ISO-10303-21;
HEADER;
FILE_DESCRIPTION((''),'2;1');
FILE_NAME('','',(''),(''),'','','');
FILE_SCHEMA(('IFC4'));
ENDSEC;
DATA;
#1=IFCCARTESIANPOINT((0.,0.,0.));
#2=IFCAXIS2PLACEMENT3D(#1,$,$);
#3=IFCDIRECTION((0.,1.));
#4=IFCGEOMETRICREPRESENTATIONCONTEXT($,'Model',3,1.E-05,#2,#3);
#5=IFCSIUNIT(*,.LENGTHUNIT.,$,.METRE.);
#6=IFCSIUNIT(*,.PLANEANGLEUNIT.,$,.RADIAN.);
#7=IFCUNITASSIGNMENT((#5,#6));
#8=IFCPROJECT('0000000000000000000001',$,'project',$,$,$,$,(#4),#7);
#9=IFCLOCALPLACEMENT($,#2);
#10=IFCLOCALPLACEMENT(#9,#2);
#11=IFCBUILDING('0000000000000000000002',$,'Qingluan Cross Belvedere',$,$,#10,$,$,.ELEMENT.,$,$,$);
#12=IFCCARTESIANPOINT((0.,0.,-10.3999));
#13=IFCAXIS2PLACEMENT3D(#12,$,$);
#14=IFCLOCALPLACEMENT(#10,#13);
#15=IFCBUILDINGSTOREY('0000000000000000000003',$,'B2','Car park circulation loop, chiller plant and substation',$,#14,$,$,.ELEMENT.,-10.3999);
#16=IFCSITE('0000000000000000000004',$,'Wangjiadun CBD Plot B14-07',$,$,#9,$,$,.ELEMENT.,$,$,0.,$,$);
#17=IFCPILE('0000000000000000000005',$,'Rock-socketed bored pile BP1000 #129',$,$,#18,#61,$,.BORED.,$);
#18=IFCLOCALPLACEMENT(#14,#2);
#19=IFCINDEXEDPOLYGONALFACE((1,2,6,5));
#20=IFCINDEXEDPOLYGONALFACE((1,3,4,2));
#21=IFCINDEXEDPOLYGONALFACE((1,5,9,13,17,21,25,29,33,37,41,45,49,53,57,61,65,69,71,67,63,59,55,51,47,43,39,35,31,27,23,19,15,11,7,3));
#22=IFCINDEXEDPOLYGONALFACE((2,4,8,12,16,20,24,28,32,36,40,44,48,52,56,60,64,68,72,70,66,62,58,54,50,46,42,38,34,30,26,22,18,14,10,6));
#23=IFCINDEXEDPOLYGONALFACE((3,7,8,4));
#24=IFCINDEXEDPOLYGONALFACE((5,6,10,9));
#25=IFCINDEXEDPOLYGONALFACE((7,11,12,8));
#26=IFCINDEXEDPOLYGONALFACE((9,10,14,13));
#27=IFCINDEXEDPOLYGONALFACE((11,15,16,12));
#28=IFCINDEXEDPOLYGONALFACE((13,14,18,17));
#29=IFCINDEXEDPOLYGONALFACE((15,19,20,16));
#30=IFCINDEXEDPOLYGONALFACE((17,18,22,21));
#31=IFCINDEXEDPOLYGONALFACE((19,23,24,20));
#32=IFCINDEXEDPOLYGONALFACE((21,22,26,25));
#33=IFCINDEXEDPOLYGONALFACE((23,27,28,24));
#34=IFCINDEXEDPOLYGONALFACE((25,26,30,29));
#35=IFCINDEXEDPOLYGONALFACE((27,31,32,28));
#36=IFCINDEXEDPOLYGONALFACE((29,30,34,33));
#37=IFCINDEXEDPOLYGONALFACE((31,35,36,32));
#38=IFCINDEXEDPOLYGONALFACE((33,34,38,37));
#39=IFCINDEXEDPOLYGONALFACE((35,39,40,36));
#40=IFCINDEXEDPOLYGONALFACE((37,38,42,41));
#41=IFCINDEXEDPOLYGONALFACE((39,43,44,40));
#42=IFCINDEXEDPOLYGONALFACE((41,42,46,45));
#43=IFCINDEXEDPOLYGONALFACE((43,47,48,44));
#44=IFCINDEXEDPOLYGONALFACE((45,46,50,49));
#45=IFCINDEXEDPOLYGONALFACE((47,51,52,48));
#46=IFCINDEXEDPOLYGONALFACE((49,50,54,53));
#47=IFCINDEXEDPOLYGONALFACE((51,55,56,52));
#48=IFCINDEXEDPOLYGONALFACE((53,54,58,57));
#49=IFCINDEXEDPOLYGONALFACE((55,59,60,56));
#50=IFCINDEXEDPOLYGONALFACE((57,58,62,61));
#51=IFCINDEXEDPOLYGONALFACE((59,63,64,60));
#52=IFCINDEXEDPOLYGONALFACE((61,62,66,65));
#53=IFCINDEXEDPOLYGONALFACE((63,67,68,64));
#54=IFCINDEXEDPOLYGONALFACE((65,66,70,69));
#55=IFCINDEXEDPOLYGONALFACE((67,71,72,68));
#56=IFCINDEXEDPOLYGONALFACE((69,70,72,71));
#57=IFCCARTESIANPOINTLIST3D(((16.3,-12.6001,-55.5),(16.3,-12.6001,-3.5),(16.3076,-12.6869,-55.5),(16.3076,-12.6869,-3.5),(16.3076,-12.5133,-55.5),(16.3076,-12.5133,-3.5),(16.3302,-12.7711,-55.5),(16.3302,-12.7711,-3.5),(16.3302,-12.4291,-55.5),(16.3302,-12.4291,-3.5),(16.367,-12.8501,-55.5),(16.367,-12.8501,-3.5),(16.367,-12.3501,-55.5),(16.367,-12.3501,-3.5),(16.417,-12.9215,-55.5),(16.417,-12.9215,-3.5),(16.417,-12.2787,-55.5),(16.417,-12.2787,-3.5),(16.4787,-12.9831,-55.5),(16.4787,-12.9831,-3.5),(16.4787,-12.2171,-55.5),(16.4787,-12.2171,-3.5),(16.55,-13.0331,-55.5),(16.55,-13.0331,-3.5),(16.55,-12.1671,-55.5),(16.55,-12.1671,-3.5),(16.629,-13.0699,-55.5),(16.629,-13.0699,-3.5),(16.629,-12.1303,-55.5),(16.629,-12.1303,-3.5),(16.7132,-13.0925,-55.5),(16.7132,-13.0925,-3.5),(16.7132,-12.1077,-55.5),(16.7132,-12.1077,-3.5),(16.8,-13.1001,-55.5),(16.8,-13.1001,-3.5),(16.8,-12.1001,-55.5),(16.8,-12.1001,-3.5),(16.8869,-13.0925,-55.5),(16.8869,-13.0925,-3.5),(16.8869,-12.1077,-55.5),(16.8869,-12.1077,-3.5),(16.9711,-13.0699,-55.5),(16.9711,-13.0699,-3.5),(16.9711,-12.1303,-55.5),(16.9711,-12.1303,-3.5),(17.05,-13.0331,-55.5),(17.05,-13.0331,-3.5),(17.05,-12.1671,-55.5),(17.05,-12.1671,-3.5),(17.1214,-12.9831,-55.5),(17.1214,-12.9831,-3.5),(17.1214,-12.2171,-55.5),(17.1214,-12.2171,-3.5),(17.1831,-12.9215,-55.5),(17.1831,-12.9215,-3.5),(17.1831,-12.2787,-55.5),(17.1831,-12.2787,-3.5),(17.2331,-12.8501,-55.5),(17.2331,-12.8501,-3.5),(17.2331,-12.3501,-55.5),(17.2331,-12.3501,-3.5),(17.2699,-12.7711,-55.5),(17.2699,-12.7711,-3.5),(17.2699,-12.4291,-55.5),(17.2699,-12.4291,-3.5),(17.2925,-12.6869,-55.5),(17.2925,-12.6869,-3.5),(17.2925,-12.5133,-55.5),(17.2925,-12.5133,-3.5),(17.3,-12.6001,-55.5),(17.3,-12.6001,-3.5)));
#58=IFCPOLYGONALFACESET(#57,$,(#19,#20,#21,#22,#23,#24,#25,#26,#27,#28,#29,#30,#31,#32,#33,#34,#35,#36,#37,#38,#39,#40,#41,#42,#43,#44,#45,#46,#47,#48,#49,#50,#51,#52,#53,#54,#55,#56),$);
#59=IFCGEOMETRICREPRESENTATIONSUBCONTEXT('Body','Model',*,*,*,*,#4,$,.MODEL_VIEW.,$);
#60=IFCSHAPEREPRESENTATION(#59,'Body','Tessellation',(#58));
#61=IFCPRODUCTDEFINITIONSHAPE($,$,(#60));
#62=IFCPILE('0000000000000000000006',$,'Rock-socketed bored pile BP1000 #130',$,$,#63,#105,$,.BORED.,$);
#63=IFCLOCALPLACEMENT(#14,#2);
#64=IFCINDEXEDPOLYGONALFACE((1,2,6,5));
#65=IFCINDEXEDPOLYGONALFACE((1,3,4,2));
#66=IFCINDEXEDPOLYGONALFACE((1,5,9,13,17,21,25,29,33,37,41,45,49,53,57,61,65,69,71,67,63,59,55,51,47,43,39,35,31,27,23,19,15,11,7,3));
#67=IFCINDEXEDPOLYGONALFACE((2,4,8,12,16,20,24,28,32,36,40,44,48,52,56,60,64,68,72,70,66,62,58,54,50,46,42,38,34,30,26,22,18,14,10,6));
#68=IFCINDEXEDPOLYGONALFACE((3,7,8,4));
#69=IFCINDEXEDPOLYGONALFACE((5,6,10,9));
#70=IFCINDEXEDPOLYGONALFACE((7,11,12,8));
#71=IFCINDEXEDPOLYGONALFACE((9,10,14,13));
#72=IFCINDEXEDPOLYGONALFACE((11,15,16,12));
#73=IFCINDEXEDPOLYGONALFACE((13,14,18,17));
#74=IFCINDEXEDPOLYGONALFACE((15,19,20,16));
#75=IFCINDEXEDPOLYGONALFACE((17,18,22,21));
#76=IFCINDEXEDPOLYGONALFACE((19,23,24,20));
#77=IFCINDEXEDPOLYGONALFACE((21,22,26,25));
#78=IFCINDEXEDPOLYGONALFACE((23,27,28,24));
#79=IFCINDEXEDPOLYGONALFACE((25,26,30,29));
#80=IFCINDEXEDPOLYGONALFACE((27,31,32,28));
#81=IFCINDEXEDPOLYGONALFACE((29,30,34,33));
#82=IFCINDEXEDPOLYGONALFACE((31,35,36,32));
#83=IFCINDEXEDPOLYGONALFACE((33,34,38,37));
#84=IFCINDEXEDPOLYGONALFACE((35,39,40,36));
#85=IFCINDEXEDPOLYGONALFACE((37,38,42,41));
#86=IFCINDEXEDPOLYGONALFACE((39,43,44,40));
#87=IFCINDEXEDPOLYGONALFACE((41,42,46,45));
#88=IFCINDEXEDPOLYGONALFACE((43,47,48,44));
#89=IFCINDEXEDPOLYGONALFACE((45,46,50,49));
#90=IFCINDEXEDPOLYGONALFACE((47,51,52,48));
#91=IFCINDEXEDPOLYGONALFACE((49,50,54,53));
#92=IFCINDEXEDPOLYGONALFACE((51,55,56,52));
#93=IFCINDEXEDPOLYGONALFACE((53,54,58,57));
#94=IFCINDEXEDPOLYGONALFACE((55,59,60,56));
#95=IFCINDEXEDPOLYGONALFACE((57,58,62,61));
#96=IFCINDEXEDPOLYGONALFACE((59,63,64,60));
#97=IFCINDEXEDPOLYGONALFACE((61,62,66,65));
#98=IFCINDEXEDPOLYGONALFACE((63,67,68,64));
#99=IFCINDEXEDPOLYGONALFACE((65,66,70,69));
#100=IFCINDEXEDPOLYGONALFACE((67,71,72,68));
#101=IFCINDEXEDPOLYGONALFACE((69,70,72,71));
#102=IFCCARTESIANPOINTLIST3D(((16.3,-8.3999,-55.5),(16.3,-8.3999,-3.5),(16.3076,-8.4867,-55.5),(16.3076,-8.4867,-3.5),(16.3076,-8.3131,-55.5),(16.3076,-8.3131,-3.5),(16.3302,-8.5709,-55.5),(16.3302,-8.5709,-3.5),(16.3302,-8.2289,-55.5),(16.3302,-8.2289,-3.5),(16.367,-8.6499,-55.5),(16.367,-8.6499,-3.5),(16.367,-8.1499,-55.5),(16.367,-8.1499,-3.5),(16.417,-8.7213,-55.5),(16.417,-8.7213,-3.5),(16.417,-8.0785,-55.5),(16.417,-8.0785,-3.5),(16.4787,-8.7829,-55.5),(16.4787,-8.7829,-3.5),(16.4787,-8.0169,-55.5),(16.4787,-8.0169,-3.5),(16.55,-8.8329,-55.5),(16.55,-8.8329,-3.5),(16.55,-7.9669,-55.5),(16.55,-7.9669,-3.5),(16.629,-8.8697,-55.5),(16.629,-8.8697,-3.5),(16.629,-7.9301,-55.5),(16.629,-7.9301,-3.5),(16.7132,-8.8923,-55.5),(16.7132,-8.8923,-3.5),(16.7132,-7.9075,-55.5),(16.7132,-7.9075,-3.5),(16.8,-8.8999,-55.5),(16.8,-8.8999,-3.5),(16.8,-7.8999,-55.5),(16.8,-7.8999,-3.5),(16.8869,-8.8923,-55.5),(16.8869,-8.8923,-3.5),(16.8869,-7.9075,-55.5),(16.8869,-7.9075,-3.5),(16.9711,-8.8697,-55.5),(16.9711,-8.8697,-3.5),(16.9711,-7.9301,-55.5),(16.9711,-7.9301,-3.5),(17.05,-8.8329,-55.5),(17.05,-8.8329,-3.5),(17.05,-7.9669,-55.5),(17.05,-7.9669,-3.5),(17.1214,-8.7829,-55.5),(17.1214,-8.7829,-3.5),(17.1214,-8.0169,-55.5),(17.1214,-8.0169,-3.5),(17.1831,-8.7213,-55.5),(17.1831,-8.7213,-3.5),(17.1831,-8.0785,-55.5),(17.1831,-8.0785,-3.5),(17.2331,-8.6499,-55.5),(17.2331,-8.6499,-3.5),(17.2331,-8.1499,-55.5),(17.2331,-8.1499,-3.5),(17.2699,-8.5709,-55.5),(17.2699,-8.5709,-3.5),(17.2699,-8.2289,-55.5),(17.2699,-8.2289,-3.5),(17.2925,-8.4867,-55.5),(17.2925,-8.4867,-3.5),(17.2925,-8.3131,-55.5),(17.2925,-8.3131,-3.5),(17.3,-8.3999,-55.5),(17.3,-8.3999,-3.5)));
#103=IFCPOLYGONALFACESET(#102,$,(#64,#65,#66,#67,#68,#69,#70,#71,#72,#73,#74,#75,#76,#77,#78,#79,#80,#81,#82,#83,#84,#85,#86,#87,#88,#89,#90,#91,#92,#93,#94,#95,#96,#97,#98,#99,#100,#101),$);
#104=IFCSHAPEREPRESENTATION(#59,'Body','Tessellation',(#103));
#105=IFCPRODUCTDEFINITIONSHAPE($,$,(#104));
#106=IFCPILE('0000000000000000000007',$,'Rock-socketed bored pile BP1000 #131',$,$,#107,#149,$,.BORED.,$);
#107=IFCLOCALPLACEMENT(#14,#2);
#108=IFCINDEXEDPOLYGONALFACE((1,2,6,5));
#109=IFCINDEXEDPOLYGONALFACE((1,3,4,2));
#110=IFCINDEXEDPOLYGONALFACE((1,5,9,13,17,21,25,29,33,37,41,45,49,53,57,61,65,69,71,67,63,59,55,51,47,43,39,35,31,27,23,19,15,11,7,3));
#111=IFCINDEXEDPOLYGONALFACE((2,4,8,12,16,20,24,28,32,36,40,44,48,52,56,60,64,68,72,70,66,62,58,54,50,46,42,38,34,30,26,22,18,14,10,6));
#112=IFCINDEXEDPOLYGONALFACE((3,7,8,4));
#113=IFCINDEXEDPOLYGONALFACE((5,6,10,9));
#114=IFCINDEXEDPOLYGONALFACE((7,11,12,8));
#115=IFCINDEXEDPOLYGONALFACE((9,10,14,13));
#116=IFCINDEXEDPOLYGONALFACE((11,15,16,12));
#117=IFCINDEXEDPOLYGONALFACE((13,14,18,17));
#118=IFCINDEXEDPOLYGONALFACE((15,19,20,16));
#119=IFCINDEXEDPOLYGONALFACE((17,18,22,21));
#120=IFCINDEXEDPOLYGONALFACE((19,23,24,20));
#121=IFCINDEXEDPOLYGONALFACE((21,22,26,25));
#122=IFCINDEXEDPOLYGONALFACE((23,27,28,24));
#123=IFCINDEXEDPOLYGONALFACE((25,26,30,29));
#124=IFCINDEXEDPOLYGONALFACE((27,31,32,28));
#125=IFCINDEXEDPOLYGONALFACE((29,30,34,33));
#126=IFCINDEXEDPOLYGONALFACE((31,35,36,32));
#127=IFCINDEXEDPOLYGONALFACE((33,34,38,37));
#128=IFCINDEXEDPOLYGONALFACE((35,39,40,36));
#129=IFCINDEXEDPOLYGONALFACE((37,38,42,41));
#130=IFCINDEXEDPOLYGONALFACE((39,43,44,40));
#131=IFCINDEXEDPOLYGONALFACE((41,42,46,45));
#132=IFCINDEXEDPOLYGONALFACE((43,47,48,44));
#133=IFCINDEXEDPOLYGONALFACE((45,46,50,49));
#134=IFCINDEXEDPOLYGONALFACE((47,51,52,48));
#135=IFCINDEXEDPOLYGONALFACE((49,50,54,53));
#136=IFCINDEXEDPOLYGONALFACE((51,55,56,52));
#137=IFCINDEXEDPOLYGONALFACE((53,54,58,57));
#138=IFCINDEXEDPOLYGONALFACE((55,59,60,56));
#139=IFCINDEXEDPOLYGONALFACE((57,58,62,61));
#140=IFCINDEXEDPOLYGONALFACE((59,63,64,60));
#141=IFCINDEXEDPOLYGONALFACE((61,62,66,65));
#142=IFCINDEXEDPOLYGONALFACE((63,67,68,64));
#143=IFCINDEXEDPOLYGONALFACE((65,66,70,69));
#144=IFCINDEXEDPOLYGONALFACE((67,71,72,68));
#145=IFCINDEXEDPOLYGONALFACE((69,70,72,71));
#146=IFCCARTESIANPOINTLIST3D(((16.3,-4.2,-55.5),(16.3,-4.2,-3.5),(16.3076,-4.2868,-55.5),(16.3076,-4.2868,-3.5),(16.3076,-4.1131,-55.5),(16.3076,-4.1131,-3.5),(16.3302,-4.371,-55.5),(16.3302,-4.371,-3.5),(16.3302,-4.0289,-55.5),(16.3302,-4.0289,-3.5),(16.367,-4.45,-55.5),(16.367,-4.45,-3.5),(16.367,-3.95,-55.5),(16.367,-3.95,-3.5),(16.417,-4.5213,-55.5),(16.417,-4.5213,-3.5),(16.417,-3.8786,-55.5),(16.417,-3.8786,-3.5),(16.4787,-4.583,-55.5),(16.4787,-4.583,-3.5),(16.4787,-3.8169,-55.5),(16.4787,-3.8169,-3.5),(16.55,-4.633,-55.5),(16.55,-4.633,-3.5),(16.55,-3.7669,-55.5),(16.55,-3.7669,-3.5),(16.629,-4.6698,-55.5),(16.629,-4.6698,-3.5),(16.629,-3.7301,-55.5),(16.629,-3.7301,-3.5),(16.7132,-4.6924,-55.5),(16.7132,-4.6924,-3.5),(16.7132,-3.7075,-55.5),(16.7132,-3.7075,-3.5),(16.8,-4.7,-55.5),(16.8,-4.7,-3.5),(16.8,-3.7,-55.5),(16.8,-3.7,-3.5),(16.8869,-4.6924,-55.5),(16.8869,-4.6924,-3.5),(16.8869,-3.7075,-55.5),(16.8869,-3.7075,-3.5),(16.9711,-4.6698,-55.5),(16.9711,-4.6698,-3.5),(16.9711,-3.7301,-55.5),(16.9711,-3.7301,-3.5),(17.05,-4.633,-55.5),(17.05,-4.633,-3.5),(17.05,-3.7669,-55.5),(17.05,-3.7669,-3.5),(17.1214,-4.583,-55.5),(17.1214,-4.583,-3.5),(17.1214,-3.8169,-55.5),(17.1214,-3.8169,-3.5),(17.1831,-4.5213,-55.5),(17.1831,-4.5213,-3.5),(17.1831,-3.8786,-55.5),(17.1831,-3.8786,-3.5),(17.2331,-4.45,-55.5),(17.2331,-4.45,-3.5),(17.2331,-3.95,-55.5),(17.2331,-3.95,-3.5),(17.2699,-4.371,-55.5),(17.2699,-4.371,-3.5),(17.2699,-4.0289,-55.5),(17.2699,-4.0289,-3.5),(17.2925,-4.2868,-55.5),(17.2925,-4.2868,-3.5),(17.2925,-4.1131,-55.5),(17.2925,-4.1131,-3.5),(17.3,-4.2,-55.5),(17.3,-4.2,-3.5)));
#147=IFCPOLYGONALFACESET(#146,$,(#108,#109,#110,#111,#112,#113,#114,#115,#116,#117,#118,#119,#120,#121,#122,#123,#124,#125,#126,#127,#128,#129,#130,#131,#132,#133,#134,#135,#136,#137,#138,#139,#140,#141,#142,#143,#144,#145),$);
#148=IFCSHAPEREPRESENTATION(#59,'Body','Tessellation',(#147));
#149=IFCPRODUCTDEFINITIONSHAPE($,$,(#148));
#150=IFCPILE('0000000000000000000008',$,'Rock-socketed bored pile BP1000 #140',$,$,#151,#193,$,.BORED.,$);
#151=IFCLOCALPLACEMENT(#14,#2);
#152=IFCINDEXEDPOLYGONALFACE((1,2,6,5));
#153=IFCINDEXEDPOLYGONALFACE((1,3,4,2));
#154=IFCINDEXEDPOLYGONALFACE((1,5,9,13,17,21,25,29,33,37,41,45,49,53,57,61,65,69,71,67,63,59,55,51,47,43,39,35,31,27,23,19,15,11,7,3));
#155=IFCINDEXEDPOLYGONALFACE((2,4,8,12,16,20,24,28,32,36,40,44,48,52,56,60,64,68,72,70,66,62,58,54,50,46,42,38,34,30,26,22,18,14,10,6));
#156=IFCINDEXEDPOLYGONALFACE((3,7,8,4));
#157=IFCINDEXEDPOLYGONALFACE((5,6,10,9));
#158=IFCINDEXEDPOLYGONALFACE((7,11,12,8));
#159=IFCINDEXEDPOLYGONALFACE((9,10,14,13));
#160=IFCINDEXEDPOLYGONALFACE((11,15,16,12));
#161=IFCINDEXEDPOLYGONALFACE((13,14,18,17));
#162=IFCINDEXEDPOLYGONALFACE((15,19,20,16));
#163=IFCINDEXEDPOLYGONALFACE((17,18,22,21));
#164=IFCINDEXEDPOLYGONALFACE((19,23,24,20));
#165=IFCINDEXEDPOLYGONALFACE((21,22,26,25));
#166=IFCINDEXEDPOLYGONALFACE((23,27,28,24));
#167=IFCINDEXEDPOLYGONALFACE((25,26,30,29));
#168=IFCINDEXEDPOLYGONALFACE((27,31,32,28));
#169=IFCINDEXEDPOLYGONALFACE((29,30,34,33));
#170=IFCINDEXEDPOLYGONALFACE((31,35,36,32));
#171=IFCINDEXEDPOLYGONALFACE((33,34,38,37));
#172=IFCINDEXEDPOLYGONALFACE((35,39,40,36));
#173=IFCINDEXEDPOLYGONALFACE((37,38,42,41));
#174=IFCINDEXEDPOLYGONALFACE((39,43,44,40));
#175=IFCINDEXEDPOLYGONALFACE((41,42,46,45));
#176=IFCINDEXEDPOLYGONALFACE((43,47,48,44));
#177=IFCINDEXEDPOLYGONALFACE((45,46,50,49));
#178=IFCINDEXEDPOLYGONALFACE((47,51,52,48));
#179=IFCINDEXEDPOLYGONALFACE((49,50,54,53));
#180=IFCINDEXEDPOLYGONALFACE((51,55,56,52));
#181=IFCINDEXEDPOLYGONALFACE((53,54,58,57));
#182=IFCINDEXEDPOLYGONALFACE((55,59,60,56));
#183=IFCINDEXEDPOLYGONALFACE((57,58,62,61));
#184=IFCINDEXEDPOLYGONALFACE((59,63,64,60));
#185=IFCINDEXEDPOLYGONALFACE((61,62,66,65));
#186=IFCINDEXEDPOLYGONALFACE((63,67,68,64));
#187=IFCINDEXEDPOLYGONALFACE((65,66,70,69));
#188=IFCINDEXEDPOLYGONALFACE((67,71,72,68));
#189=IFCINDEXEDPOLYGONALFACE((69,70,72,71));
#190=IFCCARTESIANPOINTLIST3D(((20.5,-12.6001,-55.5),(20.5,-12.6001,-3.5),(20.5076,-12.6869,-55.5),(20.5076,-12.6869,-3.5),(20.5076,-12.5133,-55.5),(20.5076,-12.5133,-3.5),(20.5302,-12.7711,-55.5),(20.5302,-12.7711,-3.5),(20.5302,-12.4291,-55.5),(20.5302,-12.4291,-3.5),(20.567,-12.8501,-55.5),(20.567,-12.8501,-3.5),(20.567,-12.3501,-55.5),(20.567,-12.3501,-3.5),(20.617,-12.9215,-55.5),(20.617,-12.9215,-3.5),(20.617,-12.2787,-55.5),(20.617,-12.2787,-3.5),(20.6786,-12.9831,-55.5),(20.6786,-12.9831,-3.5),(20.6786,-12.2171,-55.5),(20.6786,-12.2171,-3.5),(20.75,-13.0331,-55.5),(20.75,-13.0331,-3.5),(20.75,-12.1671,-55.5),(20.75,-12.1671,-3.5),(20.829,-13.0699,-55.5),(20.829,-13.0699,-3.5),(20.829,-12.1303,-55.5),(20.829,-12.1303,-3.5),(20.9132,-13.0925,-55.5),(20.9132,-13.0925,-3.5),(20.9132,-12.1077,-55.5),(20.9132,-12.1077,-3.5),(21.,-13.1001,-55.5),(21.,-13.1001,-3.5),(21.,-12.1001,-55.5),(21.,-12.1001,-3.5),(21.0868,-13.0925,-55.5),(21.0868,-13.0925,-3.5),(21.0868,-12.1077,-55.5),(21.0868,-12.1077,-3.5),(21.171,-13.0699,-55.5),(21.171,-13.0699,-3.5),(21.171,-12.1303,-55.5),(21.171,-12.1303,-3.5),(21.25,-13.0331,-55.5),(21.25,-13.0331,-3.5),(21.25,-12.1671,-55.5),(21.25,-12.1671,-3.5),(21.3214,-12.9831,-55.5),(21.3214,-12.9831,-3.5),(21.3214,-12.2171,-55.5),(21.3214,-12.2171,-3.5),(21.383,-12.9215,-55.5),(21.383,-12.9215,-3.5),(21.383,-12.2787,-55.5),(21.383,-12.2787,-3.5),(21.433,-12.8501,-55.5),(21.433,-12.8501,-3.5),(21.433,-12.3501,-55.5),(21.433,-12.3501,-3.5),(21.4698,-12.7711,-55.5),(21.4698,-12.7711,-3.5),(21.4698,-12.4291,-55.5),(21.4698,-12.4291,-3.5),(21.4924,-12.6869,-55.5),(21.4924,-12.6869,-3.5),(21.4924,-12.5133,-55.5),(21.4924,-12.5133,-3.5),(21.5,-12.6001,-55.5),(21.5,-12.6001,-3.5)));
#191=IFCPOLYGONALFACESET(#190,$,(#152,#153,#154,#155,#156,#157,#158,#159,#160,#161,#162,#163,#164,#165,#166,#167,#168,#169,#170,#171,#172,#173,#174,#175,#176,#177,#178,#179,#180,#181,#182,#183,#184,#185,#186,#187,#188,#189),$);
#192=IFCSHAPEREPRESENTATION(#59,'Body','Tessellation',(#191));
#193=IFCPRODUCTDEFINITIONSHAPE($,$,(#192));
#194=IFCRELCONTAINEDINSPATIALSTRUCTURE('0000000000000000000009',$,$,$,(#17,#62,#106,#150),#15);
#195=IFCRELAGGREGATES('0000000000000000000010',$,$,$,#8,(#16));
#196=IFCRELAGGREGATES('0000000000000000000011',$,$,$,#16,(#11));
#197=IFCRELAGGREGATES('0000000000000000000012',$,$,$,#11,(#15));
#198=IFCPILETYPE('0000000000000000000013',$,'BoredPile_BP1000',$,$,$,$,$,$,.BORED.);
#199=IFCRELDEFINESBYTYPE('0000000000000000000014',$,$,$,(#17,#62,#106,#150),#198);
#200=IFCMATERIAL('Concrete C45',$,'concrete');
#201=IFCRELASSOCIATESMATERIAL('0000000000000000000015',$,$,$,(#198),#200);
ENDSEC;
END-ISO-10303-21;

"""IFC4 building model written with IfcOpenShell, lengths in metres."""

from ifc_helpers import new_model, si_unit, direction, frame, origin, origin_2d, place, context, subcontext, project, spatial, circle, extrude, material, material_profile, profile_set, type_object, element, save


model = new_model("IFC4")

# Units and contexts
model_context = context("Model", 3, precision=1e-05, world=origin(), true_north=direction((0.0, 1.0)))
body_context = subcontext(model_context, "Body", "Model", "MODEL_VIEW")
ifc_project = project(units=[si_unit("LENGTHUNIT", "METRE"), si_unit("PLANEANGLEUNIT", "RADIAN")], contexts=[model_context])

# Site, building, storey
site_placement = place(None, origin())
site = spatial("IfcSite", under=ifc_project, at=site_placement, Name="Wangjiadun CBD Plot B14-07", CompositionType="ELEMENT", RefElevation=0.0)
building_placement = place(site_placement, origin())
building = spatial("IfcBuilding", under=site, at=building_placement, Name="Qingluan Cross Belvedere", CompositionType="ELEMENT")
storey_placement = place(building_placement, frame((0.0, 0.0, -10.3999)))
storey = spatial("IfcBuildingStorey", under=building, at=storey_placement, Name="B2", Description="Car park circulation loop, chiller plant and substation", CompositionType="ELEMENT", Elevation=-10.3999)

# Piles
ifc_material_1 = material(Name="Concrete C45", Category="concrete")
ifc_material_profile_1 = material_profile(ifc_material_1, circle(Radius=0.5, at=origin_2d()), Name="BP1000")
ifc_profile_set_1 = profile_set([ifc_material_profile_1], Name="Concrete C45")
pile_type_1 = type_object("IfcPileType", Name="BoredPile_BP1000", PredefinedType="BORED", material=ifc_profile_set_1)
for number, where, z_axis, x_axis, name in (
    (1, (16.8, -12.6001, -3.5), (0.0, 0.0, -1.0), (1.0, 0.0, 0.0), "Rock-socketed bored pile BP1000 #129"),
    (2, (16.8, -8.3999, -3.5), (0.0, 0.0, -1.0), (1.0, 0.0, 0.0), "Rock-socketed bored pile BP1000 #130"),
    (3, (16.8, -4.2, -3.5), (0.0, 0.0, -1.0), (1.0, 0.0, 0.0), "Rock-socketed bored pile BP1000 #131"),
    (4, (21.0, -12.6001, -3.5), (0.0, 0.0, -1.0), (1.0, 0.0, 0.0), "Rock-socketed bored pile BP1000 #140"),
):
    element("IfcPile", number, at=place(storey_placement, frame(where, z_axis=z_axis, x_axis=x_axis)), inside=storey, type_object=pile_type_1, Name=name, PredefinedType="BORED", context=body_context, shape_type="SweptSolid", body=[
        extrude(circle(Radius=0.5, at=origin_2d()), origin(), (0.0, 0.0, 1.0), 52.0),
    ])

save(model, "model.ifc")
